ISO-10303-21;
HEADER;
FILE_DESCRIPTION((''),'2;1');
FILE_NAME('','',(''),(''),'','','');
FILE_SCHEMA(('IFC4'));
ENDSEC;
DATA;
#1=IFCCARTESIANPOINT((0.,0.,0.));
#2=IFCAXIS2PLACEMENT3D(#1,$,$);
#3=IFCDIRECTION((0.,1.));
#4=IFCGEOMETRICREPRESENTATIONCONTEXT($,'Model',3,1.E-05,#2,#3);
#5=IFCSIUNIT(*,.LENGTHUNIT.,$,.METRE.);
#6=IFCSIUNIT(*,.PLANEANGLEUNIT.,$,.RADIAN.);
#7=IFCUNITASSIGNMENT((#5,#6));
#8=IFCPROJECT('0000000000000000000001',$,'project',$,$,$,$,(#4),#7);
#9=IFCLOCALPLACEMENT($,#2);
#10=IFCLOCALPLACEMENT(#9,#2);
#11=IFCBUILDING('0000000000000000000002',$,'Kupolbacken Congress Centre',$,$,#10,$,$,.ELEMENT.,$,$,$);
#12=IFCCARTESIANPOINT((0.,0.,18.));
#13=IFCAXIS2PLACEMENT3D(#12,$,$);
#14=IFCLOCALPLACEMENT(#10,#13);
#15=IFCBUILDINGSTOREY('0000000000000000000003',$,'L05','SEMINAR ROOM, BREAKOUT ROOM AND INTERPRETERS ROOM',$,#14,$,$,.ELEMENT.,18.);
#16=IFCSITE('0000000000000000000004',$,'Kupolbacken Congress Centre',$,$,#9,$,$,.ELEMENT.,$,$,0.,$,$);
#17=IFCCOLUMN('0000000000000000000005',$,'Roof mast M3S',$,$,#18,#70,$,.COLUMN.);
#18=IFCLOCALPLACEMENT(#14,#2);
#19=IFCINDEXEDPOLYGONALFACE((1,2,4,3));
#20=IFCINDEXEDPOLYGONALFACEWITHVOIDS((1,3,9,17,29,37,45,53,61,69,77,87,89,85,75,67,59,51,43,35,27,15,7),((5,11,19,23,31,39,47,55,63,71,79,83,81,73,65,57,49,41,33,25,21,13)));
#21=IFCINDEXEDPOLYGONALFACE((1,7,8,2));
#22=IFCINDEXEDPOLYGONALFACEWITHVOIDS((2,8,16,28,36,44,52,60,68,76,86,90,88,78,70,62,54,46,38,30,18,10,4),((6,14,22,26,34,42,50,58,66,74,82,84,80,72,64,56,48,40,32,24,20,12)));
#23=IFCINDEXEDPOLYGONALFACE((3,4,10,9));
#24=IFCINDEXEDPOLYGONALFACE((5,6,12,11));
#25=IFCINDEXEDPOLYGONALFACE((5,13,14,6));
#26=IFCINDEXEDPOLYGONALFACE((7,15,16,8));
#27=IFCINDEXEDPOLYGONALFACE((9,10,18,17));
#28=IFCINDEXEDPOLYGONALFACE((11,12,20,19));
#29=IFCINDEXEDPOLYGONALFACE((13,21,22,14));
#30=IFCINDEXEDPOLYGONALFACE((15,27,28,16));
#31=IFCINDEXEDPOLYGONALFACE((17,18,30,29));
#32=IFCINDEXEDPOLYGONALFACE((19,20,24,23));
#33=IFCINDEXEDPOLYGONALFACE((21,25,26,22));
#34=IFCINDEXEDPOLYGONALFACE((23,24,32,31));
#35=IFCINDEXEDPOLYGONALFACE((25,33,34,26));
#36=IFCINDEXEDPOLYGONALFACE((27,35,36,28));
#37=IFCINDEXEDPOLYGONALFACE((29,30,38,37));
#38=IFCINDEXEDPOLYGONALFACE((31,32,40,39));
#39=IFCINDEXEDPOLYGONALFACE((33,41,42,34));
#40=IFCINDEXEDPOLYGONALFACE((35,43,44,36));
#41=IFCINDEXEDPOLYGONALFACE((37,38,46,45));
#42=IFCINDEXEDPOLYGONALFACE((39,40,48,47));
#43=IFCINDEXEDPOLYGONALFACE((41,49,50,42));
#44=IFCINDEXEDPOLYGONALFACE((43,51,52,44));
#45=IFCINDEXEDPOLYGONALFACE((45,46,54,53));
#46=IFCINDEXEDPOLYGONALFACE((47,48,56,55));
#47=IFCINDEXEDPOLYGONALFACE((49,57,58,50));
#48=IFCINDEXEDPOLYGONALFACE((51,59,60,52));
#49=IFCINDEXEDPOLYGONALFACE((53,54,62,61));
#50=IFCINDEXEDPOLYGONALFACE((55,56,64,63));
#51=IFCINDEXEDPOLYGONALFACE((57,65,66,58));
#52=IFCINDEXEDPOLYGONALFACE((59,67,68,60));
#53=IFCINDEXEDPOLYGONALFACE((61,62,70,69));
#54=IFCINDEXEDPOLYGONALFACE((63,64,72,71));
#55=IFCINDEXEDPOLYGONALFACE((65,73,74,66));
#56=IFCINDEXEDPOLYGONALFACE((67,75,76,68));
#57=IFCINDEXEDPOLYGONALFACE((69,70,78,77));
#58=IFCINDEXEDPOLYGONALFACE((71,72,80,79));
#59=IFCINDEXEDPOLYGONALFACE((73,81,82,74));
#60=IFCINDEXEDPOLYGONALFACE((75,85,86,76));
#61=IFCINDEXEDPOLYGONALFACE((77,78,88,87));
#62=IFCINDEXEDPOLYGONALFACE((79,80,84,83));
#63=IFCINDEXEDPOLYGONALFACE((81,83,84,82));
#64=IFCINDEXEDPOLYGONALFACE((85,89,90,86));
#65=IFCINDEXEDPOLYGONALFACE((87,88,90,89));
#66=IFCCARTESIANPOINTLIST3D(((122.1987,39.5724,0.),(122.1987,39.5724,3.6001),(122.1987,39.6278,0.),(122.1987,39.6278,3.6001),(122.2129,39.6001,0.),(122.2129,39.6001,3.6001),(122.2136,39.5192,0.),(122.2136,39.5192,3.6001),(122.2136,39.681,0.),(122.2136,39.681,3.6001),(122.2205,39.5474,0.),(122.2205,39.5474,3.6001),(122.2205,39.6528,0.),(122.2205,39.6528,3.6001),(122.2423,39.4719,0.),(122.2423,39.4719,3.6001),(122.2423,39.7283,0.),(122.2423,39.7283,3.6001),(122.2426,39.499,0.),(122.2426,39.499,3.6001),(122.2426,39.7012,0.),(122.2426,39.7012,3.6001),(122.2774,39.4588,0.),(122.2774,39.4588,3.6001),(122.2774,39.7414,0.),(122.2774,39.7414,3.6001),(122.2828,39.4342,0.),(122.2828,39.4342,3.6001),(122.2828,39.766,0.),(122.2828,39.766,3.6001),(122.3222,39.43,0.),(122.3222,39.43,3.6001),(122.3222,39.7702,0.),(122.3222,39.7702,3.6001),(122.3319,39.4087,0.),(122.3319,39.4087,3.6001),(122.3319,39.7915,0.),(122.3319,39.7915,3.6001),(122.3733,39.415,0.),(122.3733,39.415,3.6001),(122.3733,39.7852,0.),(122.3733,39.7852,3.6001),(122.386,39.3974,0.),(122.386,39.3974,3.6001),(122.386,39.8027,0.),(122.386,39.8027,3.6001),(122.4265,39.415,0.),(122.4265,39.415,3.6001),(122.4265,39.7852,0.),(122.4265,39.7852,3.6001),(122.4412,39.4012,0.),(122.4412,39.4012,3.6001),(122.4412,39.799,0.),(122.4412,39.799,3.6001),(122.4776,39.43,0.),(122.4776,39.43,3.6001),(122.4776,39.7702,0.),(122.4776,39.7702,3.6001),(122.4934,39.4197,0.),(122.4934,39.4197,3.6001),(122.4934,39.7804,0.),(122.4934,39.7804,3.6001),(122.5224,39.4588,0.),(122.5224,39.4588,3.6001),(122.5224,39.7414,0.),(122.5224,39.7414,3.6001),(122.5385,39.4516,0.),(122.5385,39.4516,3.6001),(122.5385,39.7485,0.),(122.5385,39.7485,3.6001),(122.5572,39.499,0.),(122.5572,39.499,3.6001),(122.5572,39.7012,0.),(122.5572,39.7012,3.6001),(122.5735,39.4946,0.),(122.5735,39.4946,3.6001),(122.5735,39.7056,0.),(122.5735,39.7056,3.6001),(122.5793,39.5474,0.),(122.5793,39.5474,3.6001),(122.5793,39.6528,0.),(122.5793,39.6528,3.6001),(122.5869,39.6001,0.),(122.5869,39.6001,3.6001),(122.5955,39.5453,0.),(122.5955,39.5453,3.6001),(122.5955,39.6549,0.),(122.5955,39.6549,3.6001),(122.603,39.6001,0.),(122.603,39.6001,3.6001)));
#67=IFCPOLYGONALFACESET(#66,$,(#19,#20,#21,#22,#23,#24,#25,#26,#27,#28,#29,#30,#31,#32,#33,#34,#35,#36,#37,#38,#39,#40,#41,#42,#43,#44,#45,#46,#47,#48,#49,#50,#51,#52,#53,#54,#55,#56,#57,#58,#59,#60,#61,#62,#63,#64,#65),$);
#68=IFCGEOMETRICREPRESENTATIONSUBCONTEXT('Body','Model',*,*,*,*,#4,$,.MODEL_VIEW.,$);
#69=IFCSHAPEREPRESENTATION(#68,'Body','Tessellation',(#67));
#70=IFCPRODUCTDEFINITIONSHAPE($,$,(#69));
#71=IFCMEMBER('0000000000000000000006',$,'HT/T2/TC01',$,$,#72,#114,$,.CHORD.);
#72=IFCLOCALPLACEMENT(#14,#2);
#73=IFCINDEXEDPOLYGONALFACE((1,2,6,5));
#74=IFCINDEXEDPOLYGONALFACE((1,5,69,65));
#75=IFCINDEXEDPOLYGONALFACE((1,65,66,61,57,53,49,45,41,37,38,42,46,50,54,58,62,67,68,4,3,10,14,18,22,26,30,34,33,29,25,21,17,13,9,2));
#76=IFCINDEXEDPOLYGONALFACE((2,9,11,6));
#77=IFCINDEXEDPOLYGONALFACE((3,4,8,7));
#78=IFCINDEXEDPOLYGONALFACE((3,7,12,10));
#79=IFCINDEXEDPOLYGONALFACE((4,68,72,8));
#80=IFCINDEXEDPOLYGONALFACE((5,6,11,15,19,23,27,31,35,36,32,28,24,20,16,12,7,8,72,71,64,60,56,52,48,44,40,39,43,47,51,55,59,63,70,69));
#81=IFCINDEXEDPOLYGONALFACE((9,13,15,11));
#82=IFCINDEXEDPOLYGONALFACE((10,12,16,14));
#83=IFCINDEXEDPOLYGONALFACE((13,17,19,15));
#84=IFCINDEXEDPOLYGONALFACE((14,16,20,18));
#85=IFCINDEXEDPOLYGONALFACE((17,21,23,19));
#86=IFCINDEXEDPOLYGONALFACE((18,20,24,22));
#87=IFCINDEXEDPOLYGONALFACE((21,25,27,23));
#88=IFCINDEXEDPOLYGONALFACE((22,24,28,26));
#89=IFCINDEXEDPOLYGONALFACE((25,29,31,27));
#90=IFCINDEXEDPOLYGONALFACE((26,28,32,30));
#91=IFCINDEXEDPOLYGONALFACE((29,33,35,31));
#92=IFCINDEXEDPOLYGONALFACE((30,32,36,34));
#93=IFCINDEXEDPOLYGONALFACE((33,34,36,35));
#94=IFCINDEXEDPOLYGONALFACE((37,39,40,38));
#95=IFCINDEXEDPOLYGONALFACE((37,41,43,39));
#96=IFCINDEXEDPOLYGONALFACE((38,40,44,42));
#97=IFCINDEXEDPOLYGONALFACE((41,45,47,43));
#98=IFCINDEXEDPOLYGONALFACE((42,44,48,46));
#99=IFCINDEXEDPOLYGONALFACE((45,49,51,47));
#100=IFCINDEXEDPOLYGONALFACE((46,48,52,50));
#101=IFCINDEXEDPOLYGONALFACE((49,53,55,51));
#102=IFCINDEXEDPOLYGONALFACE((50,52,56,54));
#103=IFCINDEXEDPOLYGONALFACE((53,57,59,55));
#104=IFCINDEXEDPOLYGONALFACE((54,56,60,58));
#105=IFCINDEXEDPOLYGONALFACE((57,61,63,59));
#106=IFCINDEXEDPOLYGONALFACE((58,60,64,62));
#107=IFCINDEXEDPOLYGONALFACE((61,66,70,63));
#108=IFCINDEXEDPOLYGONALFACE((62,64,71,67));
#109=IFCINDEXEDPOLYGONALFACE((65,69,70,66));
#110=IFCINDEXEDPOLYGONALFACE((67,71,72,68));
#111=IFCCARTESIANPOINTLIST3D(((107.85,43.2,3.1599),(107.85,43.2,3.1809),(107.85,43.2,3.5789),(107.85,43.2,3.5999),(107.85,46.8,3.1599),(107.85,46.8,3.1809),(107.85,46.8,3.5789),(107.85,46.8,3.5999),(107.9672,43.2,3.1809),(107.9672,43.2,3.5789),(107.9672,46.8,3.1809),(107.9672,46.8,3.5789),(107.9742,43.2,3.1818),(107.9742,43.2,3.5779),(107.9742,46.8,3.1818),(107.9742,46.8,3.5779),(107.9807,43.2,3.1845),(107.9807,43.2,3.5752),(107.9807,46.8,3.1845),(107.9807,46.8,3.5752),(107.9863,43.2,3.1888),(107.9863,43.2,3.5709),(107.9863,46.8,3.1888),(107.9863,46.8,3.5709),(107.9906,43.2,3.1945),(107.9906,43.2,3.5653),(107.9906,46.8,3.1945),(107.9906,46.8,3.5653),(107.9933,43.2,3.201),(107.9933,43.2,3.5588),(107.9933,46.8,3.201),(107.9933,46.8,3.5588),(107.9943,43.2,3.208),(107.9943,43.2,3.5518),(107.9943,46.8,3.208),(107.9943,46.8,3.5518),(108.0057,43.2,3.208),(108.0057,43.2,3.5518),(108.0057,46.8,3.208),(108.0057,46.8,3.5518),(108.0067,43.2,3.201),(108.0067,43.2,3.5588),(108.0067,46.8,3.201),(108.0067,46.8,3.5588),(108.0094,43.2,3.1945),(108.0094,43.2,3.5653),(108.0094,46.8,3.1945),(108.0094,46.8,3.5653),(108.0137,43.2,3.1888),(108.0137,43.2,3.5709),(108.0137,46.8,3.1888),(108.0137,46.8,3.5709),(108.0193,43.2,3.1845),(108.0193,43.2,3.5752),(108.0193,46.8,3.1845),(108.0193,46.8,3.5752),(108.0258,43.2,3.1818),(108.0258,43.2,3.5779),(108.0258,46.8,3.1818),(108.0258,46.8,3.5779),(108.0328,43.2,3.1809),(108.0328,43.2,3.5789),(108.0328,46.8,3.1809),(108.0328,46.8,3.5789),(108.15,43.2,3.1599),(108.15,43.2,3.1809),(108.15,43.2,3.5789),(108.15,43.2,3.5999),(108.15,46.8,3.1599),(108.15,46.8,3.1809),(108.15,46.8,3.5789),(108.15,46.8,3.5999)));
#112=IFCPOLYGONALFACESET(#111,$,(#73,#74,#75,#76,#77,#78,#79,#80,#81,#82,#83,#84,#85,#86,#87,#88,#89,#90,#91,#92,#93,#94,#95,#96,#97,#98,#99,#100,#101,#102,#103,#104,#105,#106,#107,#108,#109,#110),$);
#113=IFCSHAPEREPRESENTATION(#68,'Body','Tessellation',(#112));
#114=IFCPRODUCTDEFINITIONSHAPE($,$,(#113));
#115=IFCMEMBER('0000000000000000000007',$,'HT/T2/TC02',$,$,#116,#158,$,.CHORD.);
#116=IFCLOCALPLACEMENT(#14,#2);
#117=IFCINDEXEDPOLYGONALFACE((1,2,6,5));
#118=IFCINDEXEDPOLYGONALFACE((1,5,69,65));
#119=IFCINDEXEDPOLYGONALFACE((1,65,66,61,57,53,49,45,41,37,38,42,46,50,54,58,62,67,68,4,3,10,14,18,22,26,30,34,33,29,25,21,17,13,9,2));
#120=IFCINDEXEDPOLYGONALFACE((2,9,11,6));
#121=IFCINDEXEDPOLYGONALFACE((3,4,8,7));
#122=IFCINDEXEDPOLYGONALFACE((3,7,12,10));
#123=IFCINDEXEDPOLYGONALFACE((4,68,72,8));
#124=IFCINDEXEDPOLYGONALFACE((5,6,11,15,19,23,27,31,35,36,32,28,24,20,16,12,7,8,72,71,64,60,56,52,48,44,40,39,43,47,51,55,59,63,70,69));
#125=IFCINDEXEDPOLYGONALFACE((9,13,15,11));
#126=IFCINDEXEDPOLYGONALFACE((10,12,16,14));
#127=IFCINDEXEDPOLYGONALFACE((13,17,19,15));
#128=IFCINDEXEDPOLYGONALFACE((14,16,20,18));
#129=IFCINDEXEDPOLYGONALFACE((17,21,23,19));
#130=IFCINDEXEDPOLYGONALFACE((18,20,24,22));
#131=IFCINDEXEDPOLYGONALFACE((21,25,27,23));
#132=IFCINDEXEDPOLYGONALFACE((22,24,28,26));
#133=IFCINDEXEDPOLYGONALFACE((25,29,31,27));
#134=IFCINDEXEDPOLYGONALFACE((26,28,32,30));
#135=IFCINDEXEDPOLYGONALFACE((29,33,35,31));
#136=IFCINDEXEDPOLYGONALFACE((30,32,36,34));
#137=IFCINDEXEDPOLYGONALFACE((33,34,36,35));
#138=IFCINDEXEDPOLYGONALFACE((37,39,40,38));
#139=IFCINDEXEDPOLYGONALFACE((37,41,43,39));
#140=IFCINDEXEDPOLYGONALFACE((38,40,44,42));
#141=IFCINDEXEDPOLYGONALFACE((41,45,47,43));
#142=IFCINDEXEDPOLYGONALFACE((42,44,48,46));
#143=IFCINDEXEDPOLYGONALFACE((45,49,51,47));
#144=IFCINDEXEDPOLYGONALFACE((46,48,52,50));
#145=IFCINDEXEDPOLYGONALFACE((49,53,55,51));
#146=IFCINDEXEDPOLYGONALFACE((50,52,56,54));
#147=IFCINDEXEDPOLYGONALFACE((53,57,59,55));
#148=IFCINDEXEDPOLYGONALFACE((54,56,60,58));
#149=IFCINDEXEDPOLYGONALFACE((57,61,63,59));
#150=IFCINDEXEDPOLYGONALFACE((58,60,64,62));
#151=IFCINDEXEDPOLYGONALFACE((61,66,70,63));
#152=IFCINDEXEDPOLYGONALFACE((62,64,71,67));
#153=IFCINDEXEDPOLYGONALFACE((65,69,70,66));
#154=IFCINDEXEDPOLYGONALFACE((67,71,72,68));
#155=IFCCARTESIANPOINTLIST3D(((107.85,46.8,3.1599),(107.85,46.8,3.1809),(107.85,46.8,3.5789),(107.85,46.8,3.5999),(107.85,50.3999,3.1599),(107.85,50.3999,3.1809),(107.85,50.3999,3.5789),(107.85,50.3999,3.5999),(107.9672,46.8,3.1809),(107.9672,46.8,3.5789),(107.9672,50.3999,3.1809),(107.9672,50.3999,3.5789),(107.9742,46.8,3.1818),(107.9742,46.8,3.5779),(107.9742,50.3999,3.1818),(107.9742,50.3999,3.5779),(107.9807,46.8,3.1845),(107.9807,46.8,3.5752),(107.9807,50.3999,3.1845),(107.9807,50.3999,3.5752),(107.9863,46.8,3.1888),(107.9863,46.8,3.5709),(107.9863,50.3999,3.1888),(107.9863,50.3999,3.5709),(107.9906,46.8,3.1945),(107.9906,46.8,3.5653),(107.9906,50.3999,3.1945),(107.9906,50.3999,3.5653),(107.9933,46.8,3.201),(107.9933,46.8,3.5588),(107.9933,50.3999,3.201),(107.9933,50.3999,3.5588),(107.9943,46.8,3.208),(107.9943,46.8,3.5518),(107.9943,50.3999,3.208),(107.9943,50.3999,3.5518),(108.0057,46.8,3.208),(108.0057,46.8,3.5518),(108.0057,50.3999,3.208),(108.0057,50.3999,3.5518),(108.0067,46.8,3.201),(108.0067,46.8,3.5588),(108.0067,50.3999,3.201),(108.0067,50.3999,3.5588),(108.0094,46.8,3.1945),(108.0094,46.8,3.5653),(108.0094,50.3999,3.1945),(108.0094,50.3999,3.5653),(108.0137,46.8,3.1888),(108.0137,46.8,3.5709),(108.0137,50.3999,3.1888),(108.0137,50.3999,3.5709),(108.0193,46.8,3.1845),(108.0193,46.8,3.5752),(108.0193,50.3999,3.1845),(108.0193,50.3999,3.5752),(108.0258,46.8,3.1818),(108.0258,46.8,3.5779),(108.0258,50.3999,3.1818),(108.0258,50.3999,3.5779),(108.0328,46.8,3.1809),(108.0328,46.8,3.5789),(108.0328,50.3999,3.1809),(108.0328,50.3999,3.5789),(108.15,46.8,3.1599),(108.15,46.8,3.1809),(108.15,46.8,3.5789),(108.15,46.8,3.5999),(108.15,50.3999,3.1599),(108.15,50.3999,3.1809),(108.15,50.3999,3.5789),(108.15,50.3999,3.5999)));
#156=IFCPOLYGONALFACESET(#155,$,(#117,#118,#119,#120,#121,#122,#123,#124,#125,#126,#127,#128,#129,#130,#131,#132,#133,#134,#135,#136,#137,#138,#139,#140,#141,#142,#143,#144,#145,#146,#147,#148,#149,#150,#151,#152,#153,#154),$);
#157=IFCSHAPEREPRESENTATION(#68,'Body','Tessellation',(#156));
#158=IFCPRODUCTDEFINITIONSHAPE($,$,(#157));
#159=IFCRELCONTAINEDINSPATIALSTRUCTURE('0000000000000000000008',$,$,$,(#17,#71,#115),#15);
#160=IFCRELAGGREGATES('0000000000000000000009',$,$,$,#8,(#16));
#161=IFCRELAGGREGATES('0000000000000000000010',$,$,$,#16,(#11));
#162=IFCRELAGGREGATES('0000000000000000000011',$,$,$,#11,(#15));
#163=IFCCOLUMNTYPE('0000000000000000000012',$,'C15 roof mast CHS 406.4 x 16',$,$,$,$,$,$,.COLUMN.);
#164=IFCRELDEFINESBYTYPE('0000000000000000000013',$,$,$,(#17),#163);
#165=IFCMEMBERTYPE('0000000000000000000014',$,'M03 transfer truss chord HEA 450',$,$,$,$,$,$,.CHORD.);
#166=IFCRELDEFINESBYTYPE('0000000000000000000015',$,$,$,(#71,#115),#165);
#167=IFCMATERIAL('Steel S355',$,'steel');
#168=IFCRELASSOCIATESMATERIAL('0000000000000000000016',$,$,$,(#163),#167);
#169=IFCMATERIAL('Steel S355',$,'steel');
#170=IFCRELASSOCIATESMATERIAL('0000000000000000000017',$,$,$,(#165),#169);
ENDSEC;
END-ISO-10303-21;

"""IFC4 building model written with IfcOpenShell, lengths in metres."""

from ifc_helpers import new_model, si_unit, direction, frame, origin, origin_2d, place, context, subcontext, project, spatial, hollow_circle, i_section, extrude, material, material_profile, profile_set, type_object, element, save


model = new_model("IFC4")

# Units and contexts
model_context = context("Model", 3, precision=1e-05, world=origin(), true_north=direction((0.0, 1.0)))
body_context = subcontext(model_context, "Body", "Model", "MODEL_VIEW")
ifc_project = project(units=[si_unit("LENGTHUNIT", "METRE"), si_unit("PLANEANGLEUNIT", "RADIAN")], contexts=[model_context])

# Site, building, storey
site_placement = place(None, origin())
site = spatial("IfcSite", under=ifc_project, at=site_placement, Name="Kupolbacken Congress Centre", CompositionType="ELEMENT", RefElevation=0.0)
building_placement = place(site_placement, origin())
building = spatial("IfcBuilding", under=site, at=building_placement, Name="Kupolbacken Congress Centre", CompositionType="ELEMENT")
storey_placement = place(building_placement, frame((0.0, 0.0, 18.0)))
storey = spatial("IfcBuildingStorey", under=building, at=storey_placement, Name="L05", Description="SEMINAR ROOM, BREAKOUT ROOM AND INTERPRETERS ROOM", CompositionType="ELEMENT", Elevation=18.0)

# Column
ifc_material_1 = material(Name="Steel S355", Category="steel")
ifc_material_profile_1 = material_profile(ifc_material_1, hollow_circle(Radius=0.2031, WallThickness=0.0161, at=origin_2d()), Name="CHS 406.4 x 16")
ifc_profile_set_1 = profile_set([ifc_material_profile_1], Name="Steel S355")
column_type = type_object("IfcColumnType", Name="C15 roof mast CHS 406.4 x 16", PredefinedType="COLUMN", material=ifc_profile_set_1)
column_placement = place(storey_placement, frame((122.3999, 39.6001, 0.0), z_axis=(0.0, 0.0, 1.0), x_axis=(1.0, 0.0, 0.0)))
element("IfcColumn", 1, at=column_placement, inside=storey, type_object=column_type, Name="Roof mast M3S", PredefinedType="COLUMN", context=body_context, shape_type="SweptSolid", body=[
    extrude(hollow_circle(Radius=0.2031, WallThickness=0.0161, at=origin_2d()), origin(), (0.0, 0.0, 1.0), 3.6001),
])

# Members
ifc_material_2 = material(Name="Steel S355", Category="steel")
ifc_material_profile_2 = material_profile(ifc_material_2, i_section(OverallWidth=0.3, OverallDepth=0.4399, WebThickness=0.0115, FlangeThickness=0.021, FilletRadius=0.0271, at=origin_2d()), Name="HEA 450")
ifc_profile_set_2 = profile_set([ifc_material_profile_2], Name="Steel S355")
member_type_1 = type_object("IfcMemberType", Name="M03 transfer truss chord HEA 450", PredefinedType="CHORD", material=ifc_profile_set_2)
member_1_placement = place(storey_placement, frame((108.0, 43.2, 3.3799), z_axis=(0.0, 1.0, 0.0), x_axis=(-1.0, 0.0, 0.0)))
element("IfcMember", 2, at=member_1_placement, inside=storey, type_object=member_type_1, Name="HT/T2/TC01", PredefinedType="CHORD", context=body_context, shape_type="SweptSolid", body=[
    extrude(i_section(OverallWidth=0.3, OverallDepth=0.4399, WebThickness=0.0115, FlangeThickness=0.021, FilletRadius=0.0271, at=origin_2d()), origin(), (0.0, 0.0, 1.0), 3.6001),
])
member_2_placement = place(storey_placement, frame((108.0, 46.8, 3.3799), z_axis=(0.0, 1.0, 0.0), x_axis=(-1.0, 0.0, 0.0)))
element("IfcMember", 3, at=member_2_placement, inside=storey, type_object=member_type_1, Name="HT/T2/TC02", PredefinedType="CHORD", context=body_context, shape_type="SweptSolid", body=[
    extrude(i_section(OverallWidth=0.3, OverallDepth=0.4399, WebThickness=0.0115, FlangeThickness=0.021, FilletRadius=0.0271, at=origin_2d()), origin(), (0.0, 0.0, 1.0), 3.5999),
])

save(model, "model.ifc")
